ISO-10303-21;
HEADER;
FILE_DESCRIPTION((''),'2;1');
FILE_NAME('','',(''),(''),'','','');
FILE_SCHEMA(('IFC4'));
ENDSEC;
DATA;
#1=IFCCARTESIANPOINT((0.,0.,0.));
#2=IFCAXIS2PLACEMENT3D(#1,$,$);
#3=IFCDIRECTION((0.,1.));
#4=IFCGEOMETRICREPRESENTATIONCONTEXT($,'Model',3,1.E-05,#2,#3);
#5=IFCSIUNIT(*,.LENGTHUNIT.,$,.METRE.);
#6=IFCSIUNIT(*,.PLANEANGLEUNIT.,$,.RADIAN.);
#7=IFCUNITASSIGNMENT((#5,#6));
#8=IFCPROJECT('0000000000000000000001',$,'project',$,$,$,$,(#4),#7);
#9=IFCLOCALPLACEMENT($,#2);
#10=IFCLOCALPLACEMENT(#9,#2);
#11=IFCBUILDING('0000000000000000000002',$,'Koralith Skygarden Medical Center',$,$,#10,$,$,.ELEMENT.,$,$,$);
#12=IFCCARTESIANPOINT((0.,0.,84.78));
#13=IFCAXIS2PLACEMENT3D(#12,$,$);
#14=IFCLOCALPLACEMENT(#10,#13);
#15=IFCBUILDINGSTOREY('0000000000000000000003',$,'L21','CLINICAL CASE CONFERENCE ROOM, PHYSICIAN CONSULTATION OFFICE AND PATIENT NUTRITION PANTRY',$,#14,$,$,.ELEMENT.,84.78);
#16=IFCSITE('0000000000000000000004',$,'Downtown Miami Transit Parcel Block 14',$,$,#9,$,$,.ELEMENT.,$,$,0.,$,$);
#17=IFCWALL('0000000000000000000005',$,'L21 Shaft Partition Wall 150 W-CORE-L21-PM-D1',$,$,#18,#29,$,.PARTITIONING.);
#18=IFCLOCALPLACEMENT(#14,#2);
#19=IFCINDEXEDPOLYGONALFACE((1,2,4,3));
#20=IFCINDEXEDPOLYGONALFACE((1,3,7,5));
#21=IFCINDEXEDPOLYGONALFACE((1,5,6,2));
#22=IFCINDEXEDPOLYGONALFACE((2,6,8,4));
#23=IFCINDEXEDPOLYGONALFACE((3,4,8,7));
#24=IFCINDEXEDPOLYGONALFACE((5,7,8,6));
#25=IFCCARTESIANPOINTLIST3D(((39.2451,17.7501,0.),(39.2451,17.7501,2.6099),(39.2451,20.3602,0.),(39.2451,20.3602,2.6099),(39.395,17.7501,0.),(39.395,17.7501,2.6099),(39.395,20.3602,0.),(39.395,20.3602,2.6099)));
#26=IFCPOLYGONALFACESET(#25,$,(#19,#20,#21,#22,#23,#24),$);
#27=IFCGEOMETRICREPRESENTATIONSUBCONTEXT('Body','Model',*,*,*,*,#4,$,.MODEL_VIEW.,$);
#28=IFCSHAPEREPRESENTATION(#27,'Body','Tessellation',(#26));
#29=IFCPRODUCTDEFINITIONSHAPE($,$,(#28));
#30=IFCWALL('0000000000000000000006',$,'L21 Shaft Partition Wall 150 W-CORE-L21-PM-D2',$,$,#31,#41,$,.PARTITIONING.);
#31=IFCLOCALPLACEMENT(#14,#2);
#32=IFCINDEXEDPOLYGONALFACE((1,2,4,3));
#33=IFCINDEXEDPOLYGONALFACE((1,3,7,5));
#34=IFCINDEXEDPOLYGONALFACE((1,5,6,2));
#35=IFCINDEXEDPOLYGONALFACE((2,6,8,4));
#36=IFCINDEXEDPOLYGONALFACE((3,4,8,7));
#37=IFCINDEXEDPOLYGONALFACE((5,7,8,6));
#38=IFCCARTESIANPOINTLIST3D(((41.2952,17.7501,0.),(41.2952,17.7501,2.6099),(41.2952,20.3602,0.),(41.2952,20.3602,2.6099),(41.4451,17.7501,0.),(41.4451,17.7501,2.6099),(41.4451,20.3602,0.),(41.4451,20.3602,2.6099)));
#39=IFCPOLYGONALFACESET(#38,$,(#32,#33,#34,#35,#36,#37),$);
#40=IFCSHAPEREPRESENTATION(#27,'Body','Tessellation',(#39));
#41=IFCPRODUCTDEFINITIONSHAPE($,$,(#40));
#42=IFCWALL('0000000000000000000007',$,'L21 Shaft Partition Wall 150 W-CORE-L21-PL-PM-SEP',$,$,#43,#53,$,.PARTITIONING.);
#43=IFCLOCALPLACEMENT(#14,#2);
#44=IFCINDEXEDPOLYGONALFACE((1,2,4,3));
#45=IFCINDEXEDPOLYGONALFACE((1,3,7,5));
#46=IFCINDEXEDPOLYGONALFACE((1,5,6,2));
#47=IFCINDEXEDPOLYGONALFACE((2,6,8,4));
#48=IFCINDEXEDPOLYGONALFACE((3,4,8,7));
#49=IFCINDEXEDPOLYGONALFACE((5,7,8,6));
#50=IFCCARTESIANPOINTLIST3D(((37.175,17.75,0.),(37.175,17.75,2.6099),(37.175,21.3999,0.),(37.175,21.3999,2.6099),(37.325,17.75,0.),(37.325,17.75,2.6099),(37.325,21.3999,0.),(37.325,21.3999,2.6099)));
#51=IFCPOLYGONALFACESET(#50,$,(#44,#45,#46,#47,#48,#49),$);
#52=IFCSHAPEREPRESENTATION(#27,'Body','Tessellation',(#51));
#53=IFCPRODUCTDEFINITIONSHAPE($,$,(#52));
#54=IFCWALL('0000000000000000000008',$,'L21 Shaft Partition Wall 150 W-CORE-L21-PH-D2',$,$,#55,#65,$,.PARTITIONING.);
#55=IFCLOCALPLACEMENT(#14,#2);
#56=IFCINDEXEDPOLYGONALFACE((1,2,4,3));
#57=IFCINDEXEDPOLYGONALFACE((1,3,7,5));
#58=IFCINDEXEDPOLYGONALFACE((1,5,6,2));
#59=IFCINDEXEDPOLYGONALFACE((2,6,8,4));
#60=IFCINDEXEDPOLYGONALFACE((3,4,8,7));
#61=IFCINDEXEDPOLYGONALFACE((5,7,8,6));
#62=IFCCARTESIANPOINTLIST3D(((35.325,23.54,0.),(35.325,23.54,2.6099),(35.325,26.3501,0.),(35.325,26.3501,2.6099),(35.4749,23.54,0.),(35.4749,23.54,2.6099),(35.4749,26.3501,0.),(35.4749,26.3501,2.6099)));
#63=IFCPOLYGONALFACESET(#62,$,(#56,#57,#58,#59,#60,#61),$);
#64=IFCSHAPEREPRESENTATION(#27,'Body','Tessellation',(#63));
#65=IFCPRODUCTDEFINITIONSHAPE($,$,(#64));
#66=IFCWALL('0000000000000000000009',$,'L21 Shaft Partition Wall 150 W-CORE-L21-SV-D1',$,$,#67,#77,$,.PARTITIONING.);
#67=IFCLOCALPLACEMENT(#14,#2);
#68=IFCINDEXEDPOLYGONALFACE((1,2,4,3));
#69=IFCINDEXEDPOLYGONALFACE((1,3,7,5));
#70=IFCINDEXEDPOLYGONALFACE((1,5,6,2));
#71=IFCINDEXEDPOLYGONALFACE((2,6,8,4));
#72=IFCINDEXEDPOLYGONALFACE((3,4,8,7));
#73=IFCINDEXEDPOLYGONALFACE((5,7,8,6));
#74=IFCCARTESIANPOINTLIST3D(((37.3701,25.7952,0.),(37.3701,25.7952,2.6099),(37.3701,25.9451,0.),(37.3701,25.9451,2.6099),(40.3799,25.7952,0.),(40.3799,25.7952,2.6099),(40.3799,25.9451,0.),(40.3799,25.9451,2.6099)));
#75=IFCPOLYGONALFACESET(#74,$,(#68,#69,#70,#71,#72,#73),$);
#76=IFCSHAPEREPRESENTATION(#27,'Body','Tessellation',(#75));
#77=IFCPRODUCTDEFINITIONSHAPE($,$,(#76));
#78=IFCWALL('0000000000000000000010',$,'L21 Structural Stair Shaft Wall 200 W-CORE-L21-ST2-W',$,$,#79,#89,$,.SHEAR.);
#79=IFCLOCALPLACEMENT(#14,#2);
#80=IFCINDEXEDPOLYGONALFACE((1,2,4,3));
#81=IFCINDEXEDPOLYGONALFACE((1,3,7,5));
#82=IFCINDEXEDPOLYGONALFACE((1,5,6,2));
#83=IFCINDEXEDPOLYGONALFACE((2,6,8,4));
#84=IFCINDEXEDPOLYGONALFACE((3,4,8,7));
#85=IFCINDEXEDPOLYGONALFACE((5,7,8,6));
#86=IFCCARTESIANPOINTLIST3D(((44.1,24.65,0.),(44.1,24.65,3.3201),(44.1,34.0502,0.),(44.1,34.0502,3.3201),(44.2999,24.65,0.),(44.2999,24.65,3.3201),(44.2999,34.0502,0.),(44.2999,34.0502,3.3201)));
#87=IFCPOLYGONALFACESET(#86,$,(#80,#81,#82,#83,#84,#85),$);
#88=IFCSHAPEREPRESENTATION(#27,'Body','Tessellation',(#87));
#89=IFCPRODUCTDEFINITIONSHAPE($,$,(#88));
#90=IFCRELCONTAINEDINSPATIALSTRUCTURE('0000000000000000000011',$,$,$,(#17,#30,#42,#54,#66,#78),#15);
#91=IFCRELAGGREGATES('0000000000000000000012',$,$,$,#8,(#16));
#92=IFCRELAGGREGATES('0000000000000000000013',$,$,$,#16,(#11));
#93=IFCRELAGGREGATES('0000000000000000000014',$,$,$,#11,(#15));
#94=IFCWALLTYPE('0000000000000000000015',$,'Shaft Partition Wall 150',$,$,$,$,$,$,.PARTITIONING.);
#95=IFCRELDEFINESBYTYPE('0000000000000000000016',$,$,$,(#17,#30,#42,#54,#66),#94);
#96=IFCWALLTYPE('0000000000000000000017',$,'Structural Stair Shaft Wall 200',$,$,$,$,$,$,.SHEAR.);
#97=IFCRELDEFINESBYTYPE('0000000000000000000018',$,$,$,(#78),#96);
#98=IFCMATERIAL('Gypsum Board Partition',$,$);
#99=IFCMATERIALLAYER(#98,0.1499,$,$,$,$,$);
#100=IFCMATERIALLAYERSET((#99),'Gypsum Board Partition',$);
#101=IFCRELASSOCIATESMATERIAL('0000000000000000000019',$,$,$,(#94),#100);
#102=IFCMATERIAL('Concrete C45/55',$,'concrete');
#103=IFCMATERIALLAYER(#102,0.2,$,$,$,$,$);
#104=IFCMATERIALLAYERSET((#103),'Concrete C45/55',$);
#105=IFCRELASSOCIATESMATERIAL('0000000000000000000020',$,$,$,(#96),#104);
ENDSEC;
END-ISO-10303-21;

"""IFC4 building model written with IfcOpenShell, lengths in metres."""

from ifc_helpers import new_model, si_unit, direction, frame, frame_2d, origin, place, context, subcontext, project, spatial, rectangle, extrude, material, layer, layer_set, type_object, element, save


model = new_model("IFC4")

# Units and contexts
model_context = context("Model", 3, precision=1e-05, world=origin(), true_north=direction((0.0, 1.0)))
body_context = subcontext(model_context, "Body", "Model", "MODEL_VIEW")
ifc_project = project(units=[si_unit("LENGTHUNIT", "METRE"), si_unit("PLANEANGLEUNIT", "RADIAN")], contexts=[model_context])

# Site, building, storey
site_placement = place(None, origin())
site = spatial("IfcSite", under=ifc_project, at=site_placement, Name="Downtown Miami Transit Parcel Block 14", CompositionType="ELEMENT", RefElevation=0.0)
building_placement = place(site_placement, origin())
building = spatial("IfcBuilding", under=site, at=building_placement, Name="Koralith Skygarden Medical Center", CompositionType="ELEMENT")
storey_placement = place(building_placement, frame((0.0, 0.0, 84.78)))
storey = spatial("IfcBuildingStorey", under=building, at=storey_placement, Name="L21", Description="CLINICAL CASE CONFERENCE ROOM, PHYSICIAN CONSULTATION OFFICE AND PATIENT NUTRITION PANTRY", CompositionType="ELEMENT", Elevation=84.78)

# Shared definitions
ifc_material_1 = material(Name="Concrete C45/55", Category="concrete")

# Shared definitions
ifc_material_2 = material(Name="Gypsum Board Partition")

# Walls
ifc_layer_1 = layer(ifc_material_2, 0.1499)
ifc_layer_set_1 = layer_set([ifc_layer_1], Name="Gypsum Board Partition")
wall_type_1 = type_object("IfcWallType", Name="Shaft Partition Wall 150", PredefinedType="PARTITIONING", material=ifc_layer_set_1)
for number, where, z_axis, x_axis, name in (
    (1, (39.3201, 17.75, 0.0), (0.0, 0.0, 1.0), (0.0, 1.0, 0.0), "L21 Shaft Partition Wall 150 W-CORE-L21-PM-D1"),
    (2, (41.3701, 17.75, 0.0), (0.0, 0.0, 1.0), (0.0, 1.0, 0.0), "L21 Shaft Partition Wall 150 W-CORE-L21-PM-D2"),
):
    element("IfcWall", number, at=place(storey_placement, frame(where, z_axis=z_axis, x_axis=x_axis)), inside=storey, type_object=wall_type_1, Name=name, PredefinedType="PARTITIONING", context=body_context, shape_type="SweptSolid", body=[
        extrude(rectangle(XDim=2.6101, YDim=0.1499, at=frame_2d((1.3052, 0.0))), origin(), (0.0, 0.0, 1.0), 2.6099),
    ])
wall_1_placement = place(storey_placement, frame((37.25, 17.75, 0.0), z_axis=(0.0, 0.0, 1.0), x_axis=(0.0, 1.0, 0.0)))
element("IfcWall", 3, at=wall_1_placement, inside=storey, type_object=wall_type_1, Name="L21 Shaft Partition Wall 150 W-CORE-L21-PL-PM-SEP", PredefinedType="PARTITIONING", context=body_context, shape_type="SweptSolid", body=[
    extrude(rectangle(XDim=3.6499, YDim=0.1499, at=frame_2d((1.825, 0.0))), origin(), (0.0, 0.0, 1.0), 2.6099),
])
wall_2_placement = place(storey_placement, frame((35.3999, 23.54, 0.0), z_axis=(0.0, 0.0, 1.0), x_axis=(0.0, 1.0, 0.0)))
element("IfcWall", 4, at=wall_2_placement, inside=storey, type_object=wall_type_1, Name="L21 Shaft Partition Wall 150 W-CORE-L21-PH-D2", PredefinedType="PARTITIONING", context=body_context, shape_type="SweptSolid", body=[
    extrude(rectangle(XDim=2.8101, YDim=0.1499, at=frame_2d((1.405, 0.0))), origin(), (0.0, 0.0, 1.0), 2.6099),
])
wall_3_placement = place(storey_placement, frame((37.3701, 25.8701, 0.0), z_axis=(0.0, 0.0, 1.0), x_axis=(1.0, 0.0, 0.0)))
element("IfcWall", 5, at=wall_3_placement, inside=storey, type_object=wall_type_1, Name="L21 Shaft Partition Wall 150 W-CORE-L21-SV-D1", PredefinedType="PARTITIONING", context=body_context, shape_type="SweptSolid", body=[
    extrude(rectangle(XDim=3.0098, YDim=0.1499, at=frame_2d((1.5049, 0.0))), origin(), (0.0, 0.0, 1.0), 2.6099),
])
ifc_layer_2 = layer(ifc_material_1, 0.2)
ifc_layer_set_2 = layer_set([ifc_layer_2], Name="Concrete C45/55")
wall_type_2 = type_object("IfcWallType", Name="Structural Stair Shaft Wall 200", PredefinedType="SHEAR", material=ifc_layer_set_2)
wall_4_placement = place(storey_placement, frame((44.2, 24.6499, 0.0), z_axis=(0.0, 0.0, 1.0), x_axis=(0.0, 1.0, 0.0)))
element("IfcWall", 6, at=wall_4_placement, inside=storey, type_object=wall_type_2, Name="L21 Structural Stair Shaft Wall 200 W-CORE-L21-ST2-W", PredefinedType="SHEAR", context=body_context, shape_type="SweptSolid", body=[
    extrude(rectangle(XDim=9.4001, YDim=0.2, at=frame_2d((4.7002, 0.0))), origin(), (0.0, 0.0, 1.0), 3.3201),
])

save(model, "model.ifc")
